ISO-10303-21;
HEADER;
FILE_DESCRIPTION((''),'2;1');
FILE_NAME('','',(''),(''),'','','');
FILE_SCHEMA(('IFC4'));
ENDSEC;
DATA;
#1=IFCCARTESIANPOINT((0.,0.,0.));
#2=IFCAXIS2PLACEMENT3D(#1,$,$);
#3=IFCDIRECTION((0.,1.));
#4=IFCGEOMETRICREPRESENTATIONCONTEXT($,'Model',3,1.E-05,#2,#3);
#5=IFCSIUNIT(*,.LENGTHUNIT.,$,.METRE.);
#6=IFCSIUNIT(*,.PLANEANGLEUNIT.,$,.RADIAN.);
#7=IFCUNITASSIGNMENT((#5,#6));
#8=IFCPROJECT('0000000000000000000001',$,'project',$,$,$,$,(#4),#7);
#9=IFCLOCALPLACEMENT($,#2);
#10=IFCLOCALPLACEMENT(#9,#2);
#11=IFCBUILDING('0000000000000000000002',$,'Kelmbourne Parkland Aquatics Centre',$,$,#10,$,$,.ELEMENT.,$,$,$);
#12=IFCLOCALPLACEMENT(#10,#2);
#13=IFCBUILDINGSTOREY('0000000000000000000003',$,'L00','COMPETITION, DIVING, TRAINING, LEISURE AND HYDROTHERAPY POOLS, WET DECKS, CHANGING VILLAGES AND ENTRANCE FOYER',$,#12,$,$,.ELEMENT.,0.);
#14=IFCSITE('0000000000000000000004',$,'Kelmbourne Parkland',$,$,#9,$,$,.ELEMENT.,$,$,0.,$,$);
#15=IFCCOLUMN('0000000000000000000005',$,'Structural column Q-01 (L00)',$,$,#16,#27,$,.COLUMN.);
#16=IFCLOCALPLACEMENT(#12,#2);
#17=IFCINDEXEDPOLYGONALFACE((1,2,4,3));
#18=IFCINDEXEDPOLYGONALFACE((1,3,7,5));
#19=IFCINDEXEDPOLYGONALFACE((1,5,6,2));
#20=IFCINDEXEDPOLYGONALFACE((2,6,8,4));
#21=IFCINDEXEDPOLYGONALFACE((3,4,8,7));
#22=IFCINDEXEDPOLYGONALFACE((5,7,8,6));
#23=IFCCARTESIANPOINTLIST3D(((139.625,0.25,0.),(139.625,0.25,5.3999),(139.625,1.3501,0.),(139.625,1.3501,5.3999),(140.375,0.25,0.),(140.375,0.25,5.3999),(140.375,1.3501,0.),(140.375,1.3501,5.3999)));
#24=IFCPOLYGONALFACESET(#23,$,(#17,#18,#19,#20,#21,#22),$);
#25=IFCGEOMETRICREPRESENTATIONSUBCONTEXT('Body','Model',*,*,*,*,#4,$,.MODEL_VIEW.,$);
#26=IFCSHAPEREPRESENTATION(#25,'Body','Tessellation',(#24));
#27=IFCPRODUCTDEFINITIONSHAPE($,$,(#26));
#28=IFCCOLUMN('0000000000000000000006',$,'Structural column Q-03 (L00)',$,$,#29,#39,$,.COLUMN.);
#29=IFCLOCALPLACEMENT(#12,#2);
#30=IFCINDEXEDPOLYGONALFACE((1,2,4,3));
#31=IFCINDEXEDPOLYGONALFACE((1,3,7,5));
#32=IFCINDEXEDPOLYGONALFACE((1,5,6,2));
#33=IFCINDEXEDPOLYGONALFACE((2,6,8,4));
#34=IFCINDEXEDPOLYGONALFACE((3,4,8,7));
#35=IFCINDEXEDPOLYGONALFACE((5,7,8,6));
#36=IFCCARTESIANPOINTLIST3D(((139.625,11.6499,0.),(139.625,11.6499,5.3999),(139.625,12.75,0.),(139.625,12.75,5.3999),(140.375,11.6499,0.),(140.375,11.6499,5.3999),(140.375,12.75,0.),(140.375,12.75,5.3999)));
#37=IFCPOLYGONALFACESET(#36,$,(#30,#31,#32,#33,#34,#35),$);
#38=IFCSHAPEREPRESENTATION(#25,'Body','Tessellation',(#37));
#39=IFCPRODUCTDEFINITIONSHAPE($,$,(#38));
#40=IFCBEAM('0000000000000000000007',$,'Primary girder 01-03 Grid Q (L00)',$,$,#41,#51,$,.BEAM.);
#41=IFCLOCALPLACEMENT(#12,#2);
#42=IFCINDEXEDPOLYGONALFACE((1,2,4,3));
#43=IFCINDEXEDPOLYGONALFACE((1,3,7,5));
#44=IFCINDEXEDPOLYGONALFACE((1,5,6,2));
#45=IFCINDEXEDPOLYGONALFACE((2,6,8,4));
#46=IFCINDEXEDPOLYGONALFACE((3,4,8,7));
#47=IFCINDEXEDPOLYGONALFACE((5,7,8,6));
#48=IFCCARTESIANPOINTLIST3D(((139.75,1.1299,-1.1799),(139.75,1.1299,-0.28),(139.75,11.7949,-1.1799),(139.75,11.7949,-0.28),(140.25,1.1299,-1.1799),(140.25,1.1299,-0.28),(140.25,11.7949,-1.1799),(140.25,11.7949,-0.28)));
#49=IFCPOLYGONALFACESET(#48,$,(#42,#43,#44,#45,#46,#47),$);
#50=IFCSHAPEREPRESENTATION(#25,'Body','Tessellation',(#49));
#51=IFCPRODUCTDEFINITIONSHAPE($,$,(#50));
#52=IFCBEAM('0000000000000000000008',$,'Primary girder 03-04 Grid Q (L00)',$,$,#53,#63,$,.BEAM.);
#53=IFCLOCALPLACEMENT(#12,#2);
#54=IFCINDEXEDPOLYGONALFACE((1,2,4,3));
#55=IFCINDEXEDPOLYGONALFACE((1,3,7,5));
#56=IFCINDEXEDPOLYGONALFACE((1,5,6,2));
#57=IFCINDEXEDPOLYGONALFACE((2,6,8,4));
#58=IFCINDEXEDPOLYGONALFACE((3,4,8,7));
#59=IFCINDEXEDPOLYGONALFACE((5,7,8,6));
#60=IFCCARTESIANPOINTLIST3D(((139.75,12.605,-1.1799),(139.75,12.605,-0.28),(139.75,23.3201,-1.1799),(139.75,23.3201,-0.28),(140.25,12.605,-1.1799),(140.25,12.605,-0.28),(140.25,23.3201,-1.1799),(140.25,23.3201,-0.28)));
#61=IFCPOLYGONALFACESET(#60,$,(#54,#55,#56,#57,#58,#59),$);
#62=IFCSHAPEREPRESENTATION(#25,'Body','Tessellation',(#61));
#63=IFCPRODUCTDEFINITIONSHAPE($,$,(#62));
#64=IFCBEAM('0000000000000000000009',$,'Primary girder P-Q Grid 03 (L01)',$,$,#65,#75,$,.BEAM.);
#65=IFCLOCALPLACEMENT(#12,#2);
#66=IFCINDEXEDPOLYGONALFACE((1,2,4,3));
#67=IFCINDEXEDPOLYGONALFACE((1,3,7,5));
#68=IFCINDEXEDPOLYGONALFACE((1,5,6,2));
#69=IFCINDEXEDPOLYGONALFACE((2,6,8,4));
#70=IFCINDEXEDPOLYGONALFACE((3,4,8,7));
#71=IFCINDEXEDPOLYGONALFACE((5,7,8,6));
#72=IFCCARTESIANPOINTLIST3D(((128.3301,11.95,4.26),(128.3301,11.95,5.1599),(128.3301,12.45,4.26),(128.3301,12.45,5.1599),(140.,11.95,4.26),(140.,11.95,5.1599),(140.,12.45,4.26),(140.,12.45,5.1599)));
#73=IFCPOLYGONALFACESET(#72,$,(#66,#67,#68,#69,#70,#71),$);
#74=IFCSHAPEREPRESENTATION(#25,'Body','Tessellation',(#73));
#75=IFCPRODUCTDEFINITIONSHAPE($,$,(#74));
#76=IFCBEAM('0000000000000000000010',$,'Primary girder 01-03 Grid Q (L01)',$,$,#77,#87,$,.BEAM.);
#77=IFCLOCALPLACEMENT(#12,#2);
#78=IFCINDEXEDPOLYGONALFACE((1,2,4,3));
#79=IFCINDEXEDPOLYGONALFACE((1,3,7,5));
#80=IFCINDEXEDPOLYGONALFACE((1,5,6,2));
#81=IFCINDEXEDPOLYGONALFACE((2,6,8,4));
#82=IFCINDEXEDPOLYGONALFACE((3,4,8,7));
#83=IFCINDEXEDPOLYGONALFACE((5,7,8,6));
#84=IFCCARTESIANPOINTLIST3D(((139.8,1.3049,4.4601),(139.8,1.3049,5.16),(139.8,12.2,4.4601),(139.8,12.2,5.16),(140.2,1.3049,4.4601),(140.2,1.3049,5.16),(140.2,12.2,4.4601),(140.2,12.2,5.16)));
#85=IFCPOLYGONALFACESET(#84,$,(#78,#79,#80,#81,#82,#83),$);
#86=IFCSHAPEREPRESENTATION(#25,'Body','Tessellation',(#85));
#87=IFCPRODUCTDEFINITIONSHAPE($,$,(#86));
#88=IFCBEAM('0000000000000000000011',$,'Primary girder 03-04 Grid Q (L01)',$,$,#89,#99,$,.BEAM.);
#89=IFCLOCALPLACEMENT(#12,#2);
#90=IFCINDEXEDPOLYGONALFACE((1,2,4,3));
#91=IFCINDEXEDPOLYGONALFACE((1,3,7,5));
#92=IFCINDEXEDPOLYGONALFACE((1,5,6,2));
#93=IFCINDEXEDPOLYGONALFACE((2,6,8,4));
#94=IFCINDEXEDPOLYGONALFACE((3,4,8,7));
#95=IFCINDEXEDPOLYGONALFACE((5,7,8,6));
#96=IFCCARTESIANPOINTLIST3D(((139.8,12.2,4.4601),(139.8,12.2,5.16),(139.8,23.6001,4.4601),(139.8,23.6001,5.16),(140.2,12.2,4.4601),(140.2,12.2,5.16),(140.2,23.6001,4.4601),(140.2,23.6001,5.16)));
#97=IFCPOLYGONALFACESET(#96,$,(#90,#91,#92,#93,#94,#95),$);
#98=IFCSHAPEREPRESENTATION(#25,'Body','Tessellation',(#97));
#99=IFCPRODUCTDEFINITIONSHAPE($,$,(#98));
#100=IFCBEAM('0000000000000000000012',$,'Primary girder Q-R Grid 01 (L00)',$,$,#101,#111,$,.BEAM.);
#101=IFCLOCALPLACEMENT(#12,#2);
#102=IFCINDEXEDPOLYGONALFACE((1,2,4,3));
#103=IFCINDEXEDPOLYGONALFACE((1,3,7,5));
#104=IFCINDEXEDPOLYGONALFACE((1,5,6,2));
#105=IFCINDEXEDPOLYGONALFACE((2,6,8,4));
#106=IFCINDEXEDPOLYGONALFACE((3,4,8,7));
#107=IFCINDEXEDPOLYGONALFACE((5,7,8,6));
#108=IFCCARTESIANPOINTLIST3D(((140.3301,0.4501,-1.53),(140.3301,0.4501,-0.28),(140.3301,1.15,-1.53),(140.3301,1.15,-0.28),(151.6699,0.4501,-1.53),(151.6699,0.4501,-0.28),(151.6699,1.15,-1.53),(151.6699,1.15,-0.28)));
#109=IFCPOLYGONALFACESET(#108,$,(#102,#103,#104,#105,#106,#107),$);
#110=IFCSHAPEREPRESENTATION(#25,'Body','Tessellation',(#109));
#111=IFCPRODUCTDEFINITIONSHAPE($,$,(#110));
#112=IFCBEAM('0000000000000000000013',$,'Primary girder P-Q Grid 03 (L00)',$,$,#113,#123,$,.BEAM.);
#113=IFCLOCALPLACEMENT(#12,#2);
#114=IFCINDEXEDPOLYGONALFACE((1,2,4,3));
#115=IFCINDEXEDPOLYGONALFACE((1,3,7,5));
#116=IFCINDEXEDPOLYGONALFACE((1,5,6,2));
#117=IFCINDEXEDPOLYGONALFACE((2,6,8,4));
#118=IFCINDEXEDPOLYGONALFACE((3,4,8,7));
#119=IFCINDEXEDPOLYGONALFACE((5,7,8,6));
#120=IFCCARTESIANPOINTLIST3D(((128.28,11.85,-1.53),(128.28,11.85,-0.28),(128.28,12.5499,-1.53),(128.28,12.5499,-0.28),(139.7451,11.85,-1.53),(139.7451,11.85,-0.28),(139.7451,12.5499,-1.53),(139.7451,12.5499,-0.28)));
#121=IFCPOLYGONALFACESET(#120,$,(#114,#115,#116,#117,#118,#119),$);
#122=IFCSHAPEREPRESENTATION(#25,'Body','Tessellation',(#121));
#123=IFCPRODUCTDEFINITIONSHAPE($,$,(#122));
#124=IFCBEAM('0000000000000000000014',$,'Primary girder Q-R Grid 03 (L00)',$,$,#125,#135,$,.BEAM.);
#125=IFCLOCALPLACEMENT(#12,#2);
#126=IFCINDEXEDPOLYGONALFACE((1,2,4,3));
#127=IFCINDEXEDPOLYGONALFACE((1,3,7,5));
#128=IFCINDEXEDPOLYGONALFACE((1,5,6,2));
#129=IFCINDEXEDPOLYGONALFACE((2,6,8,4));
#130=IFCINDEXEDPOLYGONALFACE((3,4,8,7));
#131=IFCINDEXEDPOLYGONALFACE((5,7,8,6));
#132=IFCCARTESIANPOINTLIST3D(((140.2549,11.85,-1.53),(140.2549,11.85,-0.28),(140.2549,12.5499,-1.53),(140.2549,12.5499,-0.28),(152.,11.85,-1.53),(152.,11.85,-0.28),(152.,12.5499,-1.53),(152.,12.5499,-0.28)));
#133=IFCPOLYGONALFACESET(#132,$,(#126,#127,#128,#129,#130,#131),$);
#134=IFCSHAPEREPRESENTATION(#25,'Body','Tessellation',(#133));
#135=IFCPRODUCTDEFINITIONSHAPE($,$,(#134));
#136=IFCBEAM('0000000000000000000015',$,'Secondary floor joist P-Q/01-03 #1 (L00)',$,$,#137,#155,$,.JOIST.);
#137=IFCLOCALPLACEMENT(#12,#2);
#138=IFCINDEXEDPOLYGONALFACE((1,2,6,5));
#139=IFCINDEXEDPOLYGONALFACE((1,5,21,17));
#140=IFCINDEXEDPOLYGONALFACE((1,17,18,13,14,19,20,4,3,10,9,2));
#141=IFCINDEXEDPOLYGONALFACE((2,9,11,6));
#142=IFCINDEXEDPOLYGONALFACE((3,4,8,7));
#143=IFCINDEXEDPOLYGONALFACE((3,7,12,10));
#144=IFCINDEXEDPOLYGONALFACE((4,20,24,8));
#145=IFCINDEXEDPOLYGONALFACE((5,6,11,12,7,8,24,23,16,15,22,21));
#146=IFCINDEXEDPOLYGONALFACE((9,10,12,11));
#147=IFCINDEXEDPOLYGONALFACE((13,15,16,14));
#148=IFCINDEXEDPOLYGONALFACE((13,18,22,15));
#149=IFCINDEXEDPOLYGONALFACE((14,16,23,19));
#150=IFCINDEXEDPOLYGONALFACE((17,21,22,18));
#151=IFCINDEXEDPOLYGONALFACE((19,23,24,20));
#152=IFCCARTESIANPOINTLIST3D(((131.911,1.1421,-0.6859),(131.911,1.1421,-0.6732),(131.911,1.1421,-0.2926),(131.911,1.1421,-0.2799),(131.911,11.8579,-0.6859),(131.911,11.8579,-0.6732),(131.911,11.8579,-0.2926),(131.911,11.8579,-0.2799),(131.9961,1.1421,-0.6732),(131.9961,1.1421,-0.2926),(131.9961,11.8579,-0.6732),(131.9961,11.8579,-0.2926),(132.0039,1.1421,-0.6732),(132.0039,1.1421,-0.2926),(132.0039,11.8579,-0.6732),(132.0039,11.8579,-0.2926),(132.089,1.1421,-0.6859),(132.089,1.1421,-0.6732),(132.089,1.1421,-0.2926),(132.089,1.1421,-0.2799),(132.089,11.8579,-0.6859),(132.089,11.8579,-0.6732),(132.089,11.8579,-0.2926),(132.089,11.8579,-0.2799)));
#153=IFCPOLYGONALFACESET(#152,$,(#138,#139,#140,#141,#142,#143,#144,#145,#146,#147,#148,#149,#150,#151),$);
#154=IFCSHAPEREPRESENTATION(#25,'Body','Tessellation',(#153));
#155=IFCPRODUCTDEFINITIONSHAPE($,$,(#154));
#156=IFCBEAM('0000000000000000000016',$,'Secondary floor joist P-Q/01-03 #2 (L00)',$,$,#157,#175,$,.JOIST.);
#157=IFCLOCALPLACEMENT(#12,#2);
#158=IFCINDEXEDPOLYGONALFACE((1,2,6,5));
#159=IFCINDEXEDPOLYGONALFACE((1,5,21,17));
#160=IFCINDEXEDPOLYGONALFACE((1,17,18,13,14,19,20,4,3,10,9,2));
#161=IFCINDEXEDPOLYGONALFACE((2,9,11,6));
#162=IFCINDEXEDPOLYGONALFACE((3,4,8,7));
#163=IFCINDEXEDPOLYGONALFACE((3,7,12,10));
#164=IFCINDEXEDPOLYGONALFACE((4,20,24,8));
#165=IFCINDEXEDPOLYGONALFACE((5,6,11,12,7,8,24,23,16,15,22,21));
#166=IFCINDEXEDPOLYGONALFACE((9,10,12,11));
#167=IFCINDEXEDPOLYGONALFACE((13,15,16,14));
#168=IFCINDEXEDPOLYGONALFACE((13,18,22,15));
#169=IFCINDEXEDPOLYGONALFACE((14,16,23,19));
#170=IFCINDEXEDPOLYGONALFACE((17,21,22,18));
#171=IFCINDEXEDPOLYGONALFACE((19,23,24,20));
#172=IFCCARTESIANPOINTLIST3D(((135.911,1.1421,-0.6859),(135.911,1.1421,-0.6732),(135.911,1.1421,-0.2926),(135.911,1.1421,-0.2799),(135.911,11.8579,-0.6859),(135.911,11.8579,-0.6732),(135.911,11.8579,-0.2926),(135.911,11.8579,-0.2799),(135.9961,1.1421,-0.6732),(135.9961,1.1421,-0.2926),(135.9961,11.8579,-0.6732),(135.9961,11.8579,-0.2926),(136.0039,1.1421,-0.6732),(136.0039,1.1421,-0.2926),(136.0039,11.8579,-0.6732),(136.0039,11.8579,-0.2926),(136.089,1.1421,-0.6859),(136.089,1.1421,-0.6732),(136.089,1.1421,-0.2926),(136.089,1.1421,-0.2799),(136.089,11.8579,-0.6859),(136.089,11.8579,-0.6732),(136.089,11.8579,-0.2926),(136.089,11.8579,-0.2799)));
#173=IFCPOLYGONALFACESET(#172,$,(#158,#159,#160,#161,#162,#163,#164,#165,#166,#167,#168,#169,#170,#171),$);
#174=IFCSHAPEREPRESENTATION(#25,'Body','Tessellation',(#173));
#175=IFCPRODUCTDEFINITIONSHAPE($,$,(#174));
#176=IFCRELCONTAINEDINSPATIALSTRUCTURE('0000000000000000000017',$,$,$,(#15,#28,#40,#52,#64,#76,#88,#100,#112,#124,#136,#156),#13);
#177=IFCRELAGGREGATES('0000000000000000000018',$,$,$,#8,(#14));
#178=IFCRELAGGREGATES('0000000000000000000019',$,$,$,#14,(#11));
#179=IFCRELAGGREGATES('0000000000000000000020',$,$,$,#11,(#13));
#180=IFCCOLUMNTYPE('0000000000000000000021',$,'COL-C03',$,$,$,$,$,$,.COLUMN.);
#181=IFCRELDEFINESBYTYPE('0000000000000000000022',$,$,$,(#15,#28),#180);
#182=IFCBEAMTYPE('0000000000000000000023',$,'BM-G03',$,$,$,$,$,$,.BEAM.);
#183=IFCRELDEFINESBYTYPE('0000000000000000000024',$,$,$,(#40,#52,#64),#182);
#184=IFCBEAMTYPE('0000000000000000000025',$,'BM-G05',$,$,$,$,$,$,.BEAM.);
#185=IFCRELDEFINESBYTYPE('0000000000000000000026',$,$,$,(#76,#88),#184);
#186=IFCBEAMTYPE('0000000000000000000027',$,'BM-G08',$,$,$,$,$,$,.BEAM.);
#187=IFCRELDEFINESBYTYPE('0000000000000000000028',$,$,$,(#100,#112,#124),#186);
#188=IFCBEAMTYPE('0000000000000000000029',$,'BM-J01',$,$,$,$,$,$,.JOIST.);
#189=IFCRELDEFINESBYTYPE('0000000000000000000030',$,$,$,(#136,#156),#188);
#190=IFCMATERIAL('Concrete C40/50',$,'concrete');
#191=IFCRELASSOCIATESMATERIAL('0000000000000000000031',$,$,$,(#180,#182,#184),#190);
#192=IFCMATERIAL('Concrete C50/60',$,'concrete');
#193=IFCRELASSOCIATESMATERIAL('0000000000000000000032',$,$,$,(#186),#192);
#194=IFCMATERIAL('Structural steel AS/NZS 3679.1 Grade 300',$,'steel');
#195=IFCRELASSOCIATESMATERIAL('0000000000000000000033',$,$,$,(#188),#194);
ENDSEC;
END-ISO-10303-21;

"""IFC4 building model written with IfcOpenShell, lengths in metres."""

from ifc_helpers import new_model, si_unit, direction, frame, origin, origin_2d, place, context, subcontext, project, spatial, rectangle, i_section, extrude, material, material_profile, profile_set, type_object, element, save


model = new_model("IFC4")

# Units and contexts
model_context = context("Model", 3, precision=1e-05, world=origin(), true_north=direction((0.0, 1.0)))
body_context = subcontext(model_context, "Body", "Model", "MODEL_VIEW")
ifc_project = project(units=[si_unit("LENGTHUNIT", "METRE"), si_unit("PLANEANGLEUNIT", "RADIAN")], contexts=[model_context])

# Site, building, storey
site_placement = place(None, origin())
site = spatial("IfcSite", under=ifc_project, at=site_placement, Name="Kelmbourne Parkland", CompositionType="ELEMENT", RefElevation=0.0)
building_placement = place(site_placement, origin())
building = spatial("IfcBuilding", under=site, at=building_placement, Name="Kelmbourne Parkland Aquatics Centre", CompositionType="ELEMENT")
storey_placement = place(building_placement, origin())
storey = spatial("IfcBuildingStorey", under=building, at=storey_placement, Name="L00", Description="COMPETITION, DIVING, TRAINING, LEISURE AND HYDROTHERAPY POOLS, WET DECKS, CHANGING VILLAGES AND ENTRANCE FOYER", CompositionType="ELEMENT", Elevation=0.0)

# Columns
ifc_material_1 = material(Name="Concrete C40/50", Category="concrete")
ifc_material_profile_1 = material_profile(ifc_material_1, rectangle(XDim=0.75, YDim=1.1001, at=origin_2d()), Name="RC 750x1100")
ifc_profile_set_1 = profile_set([ifc_material_profile_1], Name="Concrete C40/50")
column_type = type_object("IfcColumnType", Name="COL-C03", PredefinedType="COLUMN", material=ifc_profile_set_1)
for number, where, z_axis, x_axis, name in (
    (1, (140.0, 0.8, 0.0), (0.0, 0.0, 1.0), (1.0, 0.0, 0.0), "Structural column Q-01 (L00)"),
    (2, (140.0, 12.2, 0.0), (0.0, 0.0, 1.0), (1.0, 0.0, 0.0), "Structural column Q-03 (L00)"),
):
    element("IfcColumn", number, at=place(storey_placement, frame(where, z_axis=z_axis, x_axis=x_axis)), inside=storey, type_object=column_type, Name=name, PredefinedType="COLUMN", context=body_context, shape_type="SweptSolid", body=[
        extrude(rectangle(XDim=0.75, YDim=1.1001, at=origin_2d()), origin(), (0.0, 0.0, 1.0), 5.3999),
    ])

# Beams
ifc_material_profile_2 = material_profile(ifc_material_1, rectangle(XDim=0.5, YDim=0.8999, at=origin_2d()), Name="RC 500x900")
ifc_profile_set_2 = profile_set([ifc_material_profile_2], Name="Concrete C40/50")
beam_type_1 = type_object("IfcBeamType", Name="BM-G03", PredefinedType="BEAM", material=ifc_profile_set_2)
beam_1_placement = place(storey_placement, frame((140.0, 1.1299, -0.73), z_axis=(0.0, 1.0, 0.0), x_axis=(-1.0, 0.0, 0.0)))
element("IfcBeam", 3, at=beam_1_placement, inside=storey, type_object=beam_type_1, Name="Primary girder 01-03 Grid Q (L00)", PredefinedType="BEAM", context=body_context, shape_type="SweptSolid", body=[
    extrude(rectangle(XDim=0.5, YDim=0.8999, at=origin_2d()), origin(), (0.0, 0.0, 1.0), 10.665),
])
beam_2_placement = place(storey_placement, frame((140.0, 12.605, -0.73), z_axis=(0.0, 1.0, 0.0), x_axis=(-1.0, 0.0, 0.0)))
element("IfcBeam", 4, at=beam_2_placement, inside=storey, type_object=beam_type_1, Name="Primary girder 03-04 Grid Q (L00)", PredefinedType="BEAM", context=body_context, shape_type="SweptSolid", body=[
    extrude(rectangle(XDim=0.5, YDim=0.8999, at=origin_2d()), origin(), (0.0, 0.0, 1.0), 10.7151),
])
beam_3_placement = place(storey_placement, frame((128.3301, 12.2, 4.71), z_axis=(1.0, 0.0, 0.0), x_axis=(0.0, 1.0, 0.0)))
element("IfcBeam", 5, at=beam_3_placement, inside=storey, type_object=beam_type_1, Name="Primary girder P-Q Grid 03 (L01)", PredefinedType="BEAM", context=body_context, shape_type="SweptSolid", body=[
    extrude(rectangle(XDim=0.5, YDim=0.8999, at=origin_2d()), origin(), (0.0, 0.0, 1.0), 11.6699),
])
ifc_material_profile_3 = material_profile(ifc_material_1, rectangle(XDim=0.3999, YDim=0.7, at=origin_2d()), Name="RC 400x700")
ifc_profile_set_3 = profile_set([ifc_material_profile_3], Name="Concrete C40/50")
beam_type_2 = type_object("IfcBeamType", Name="BM-G05", PredefinedType="BEAM", material=ifc_profile_set_3)
beam_4_placement = place(storey_placement, frame((140.0, 1.3049, 4.8101), z_axis=(0.0, 1.0, 0.0), x_axis=(-1.0, 0.0, 0.0)))
element("IfcBeam", 6, at=beam_4_placement, inside=storey, type_object=beam_type_2, Name="Primary girder 01-03 Grid Q (L01)", PredefinedType="BEAM", context=body_context, shape_type="SweptSolid", body=[
    extrude(rectangle(XDim=0.3999, YDim=0.7, at=origin_2d()), origin(), (0.0, 0.0, 1.0), 10.895),
])
beam_5_placement = place(storey_placement, frame((140.0, 12.2, 4.8101), z_axis=(0.0, 1.0, 0.0), x_axis=(-1.0, 0.0, 0.0)))
element("IfcBeam", 7, at=beam_5_placement, inside=storey, type_object=beam_type_2, Name="Primary girder 03-04 Grid Q (L01)", PredefinedType="BEAM", context=body_context, shape_type="SweptSolid", body=[
    extrude(rectangle(XDim=0.3999, YDim=0.7, at=origin_2d()), origin(), (0.0, 0.0, 1.0), 11.4001),
])
ifc_material_2 = material(Name="Concrete C50/60", Category="concrete")
ifc_material_profile_4 = material_profile(ifc_material_2, rectangle(XDim=0.7, YDim=1.25, at=origin_2d()), Name="RC 700x1250")
ifc_profile_set_4 = profile_set([ifc_material_profile_4], Name="Concrete C50/60")
beam_type_3 = type_object("IfcBeamType", Name="BM-G08", PredefinedType="BEAM", material=ifc_profile_set_4)
beam_6_placement = place(storey_placement, frame((140.3301, 0.8, -0.905), z_axis=(1.0, 0.0, 0.0), x_axis=(0.0, 1.0, 0.0)))
element("IfcBeam", 8, at=beam_6_placement, inside=storey, type_object=beam_type_3, Name="Primary girder Q-R Grid 01 (L00)", PredefinedType="BEAM", context=body_context, shape_type="SweptSolid", body=[
    extrude(rectangle(XDim=0.7, YDim=1.25, at=origin_2d()), origin(), (0.0, 0.0, 1.0), 11.3398),
])
beam_7_placement = place(storey_placement, frame((128.28, 12.2, -0.905), z_axis=(1.0, 0.0, 0.0), x_axis=(0.0, 1.0, 0.0)))
element("IfcBeam", 9, at=beam_7_placement, inside=storey, type_object=beam_type_3, Name="Primary girder P-Q Grid 03 (L00)", PredefinedType="BEAM", context=body_context, shape_type="SweptSolid", body=[
    extrude(rectangle(XDim=0.7, YDim=1.25, at=origin_2d()), origin(), (0.0, 0.0, 1.0), 11.4651),
])
beam_8_placement = place(storey_placement, frame((140.2549, 12.2, -0.905), z_axis=(1.0, 0.0, 0.0), x_axis=(0.0, 1.0, 0.0)))
element("IfcBeam", 10, at=beam_8_placement, inside=storey, type_object=beam_type_3, Name="Primary girder Q-R Grid 03 (L00)", PredefinedType="BEAM", context=body_context, shape_type="SweptSolid", body=[
    extrude(rectangle(XDim=0.7, YDim=1.25, at=origin_2d()), origin(), (0.0, 0.0, 1.0), 11.7451),
])
ifc_material_3 = material(Name="Structural steel AS/NZS 3679.1 Grade 300", Category="steel")
ifc_material_profile_5 = material_profile(ifc_material_3, i_section(OverallWidth=0.178, OverallDepth=0.406, WebThickness=0.0078, FlangeThickness=0.0127, at=origin_2d()), Name="410UB59.7")
ifc_profile_set_5 = profile_set([ifc_material_profile_5], Name="Structural steel AS/NZS 3679.1 Grade 300")
beam_type_4 = type_object("IfcBeamType", Name="BM-J01", PredefinedType="JOIST", material=ifc_profile_set_5)
for number, where, z_axis, x_axis, name in (
    (11, (132.0, 1.1421, -0.4829), (0.0, 1.0, 0.0), (-1.0, 0.0, 0.0), "Secondary floor joist P-Q/01-03 #1 (L00)"),
    (12, (136.0, 1.1421, -0.4829), (0.0, 1.0, 0.0), (-1.0, 0.0, 0.0), "Secondary floor joist P-Q/01-03 #2 (L00)"),
):
    element("IfcBeam", number, at=place(storey_placement, frame(where, z_axis=z_axis, x_axis=x_axis)), inside=storey, type_object=beam_type_4, Name=name, PredefinedType="JOIST", context=body_context, shape_type="SweptSolid", body=[
        extrude(i_section(OverallWidth=0.178, OverallDepth=0.406, WebThickness=0.0078, FlangeThickness=0.0127, at=origin_2d()), origin(), (0.0, 0.0, 1.0), 10.7158),
    ])

save(model, "model.ifc")
